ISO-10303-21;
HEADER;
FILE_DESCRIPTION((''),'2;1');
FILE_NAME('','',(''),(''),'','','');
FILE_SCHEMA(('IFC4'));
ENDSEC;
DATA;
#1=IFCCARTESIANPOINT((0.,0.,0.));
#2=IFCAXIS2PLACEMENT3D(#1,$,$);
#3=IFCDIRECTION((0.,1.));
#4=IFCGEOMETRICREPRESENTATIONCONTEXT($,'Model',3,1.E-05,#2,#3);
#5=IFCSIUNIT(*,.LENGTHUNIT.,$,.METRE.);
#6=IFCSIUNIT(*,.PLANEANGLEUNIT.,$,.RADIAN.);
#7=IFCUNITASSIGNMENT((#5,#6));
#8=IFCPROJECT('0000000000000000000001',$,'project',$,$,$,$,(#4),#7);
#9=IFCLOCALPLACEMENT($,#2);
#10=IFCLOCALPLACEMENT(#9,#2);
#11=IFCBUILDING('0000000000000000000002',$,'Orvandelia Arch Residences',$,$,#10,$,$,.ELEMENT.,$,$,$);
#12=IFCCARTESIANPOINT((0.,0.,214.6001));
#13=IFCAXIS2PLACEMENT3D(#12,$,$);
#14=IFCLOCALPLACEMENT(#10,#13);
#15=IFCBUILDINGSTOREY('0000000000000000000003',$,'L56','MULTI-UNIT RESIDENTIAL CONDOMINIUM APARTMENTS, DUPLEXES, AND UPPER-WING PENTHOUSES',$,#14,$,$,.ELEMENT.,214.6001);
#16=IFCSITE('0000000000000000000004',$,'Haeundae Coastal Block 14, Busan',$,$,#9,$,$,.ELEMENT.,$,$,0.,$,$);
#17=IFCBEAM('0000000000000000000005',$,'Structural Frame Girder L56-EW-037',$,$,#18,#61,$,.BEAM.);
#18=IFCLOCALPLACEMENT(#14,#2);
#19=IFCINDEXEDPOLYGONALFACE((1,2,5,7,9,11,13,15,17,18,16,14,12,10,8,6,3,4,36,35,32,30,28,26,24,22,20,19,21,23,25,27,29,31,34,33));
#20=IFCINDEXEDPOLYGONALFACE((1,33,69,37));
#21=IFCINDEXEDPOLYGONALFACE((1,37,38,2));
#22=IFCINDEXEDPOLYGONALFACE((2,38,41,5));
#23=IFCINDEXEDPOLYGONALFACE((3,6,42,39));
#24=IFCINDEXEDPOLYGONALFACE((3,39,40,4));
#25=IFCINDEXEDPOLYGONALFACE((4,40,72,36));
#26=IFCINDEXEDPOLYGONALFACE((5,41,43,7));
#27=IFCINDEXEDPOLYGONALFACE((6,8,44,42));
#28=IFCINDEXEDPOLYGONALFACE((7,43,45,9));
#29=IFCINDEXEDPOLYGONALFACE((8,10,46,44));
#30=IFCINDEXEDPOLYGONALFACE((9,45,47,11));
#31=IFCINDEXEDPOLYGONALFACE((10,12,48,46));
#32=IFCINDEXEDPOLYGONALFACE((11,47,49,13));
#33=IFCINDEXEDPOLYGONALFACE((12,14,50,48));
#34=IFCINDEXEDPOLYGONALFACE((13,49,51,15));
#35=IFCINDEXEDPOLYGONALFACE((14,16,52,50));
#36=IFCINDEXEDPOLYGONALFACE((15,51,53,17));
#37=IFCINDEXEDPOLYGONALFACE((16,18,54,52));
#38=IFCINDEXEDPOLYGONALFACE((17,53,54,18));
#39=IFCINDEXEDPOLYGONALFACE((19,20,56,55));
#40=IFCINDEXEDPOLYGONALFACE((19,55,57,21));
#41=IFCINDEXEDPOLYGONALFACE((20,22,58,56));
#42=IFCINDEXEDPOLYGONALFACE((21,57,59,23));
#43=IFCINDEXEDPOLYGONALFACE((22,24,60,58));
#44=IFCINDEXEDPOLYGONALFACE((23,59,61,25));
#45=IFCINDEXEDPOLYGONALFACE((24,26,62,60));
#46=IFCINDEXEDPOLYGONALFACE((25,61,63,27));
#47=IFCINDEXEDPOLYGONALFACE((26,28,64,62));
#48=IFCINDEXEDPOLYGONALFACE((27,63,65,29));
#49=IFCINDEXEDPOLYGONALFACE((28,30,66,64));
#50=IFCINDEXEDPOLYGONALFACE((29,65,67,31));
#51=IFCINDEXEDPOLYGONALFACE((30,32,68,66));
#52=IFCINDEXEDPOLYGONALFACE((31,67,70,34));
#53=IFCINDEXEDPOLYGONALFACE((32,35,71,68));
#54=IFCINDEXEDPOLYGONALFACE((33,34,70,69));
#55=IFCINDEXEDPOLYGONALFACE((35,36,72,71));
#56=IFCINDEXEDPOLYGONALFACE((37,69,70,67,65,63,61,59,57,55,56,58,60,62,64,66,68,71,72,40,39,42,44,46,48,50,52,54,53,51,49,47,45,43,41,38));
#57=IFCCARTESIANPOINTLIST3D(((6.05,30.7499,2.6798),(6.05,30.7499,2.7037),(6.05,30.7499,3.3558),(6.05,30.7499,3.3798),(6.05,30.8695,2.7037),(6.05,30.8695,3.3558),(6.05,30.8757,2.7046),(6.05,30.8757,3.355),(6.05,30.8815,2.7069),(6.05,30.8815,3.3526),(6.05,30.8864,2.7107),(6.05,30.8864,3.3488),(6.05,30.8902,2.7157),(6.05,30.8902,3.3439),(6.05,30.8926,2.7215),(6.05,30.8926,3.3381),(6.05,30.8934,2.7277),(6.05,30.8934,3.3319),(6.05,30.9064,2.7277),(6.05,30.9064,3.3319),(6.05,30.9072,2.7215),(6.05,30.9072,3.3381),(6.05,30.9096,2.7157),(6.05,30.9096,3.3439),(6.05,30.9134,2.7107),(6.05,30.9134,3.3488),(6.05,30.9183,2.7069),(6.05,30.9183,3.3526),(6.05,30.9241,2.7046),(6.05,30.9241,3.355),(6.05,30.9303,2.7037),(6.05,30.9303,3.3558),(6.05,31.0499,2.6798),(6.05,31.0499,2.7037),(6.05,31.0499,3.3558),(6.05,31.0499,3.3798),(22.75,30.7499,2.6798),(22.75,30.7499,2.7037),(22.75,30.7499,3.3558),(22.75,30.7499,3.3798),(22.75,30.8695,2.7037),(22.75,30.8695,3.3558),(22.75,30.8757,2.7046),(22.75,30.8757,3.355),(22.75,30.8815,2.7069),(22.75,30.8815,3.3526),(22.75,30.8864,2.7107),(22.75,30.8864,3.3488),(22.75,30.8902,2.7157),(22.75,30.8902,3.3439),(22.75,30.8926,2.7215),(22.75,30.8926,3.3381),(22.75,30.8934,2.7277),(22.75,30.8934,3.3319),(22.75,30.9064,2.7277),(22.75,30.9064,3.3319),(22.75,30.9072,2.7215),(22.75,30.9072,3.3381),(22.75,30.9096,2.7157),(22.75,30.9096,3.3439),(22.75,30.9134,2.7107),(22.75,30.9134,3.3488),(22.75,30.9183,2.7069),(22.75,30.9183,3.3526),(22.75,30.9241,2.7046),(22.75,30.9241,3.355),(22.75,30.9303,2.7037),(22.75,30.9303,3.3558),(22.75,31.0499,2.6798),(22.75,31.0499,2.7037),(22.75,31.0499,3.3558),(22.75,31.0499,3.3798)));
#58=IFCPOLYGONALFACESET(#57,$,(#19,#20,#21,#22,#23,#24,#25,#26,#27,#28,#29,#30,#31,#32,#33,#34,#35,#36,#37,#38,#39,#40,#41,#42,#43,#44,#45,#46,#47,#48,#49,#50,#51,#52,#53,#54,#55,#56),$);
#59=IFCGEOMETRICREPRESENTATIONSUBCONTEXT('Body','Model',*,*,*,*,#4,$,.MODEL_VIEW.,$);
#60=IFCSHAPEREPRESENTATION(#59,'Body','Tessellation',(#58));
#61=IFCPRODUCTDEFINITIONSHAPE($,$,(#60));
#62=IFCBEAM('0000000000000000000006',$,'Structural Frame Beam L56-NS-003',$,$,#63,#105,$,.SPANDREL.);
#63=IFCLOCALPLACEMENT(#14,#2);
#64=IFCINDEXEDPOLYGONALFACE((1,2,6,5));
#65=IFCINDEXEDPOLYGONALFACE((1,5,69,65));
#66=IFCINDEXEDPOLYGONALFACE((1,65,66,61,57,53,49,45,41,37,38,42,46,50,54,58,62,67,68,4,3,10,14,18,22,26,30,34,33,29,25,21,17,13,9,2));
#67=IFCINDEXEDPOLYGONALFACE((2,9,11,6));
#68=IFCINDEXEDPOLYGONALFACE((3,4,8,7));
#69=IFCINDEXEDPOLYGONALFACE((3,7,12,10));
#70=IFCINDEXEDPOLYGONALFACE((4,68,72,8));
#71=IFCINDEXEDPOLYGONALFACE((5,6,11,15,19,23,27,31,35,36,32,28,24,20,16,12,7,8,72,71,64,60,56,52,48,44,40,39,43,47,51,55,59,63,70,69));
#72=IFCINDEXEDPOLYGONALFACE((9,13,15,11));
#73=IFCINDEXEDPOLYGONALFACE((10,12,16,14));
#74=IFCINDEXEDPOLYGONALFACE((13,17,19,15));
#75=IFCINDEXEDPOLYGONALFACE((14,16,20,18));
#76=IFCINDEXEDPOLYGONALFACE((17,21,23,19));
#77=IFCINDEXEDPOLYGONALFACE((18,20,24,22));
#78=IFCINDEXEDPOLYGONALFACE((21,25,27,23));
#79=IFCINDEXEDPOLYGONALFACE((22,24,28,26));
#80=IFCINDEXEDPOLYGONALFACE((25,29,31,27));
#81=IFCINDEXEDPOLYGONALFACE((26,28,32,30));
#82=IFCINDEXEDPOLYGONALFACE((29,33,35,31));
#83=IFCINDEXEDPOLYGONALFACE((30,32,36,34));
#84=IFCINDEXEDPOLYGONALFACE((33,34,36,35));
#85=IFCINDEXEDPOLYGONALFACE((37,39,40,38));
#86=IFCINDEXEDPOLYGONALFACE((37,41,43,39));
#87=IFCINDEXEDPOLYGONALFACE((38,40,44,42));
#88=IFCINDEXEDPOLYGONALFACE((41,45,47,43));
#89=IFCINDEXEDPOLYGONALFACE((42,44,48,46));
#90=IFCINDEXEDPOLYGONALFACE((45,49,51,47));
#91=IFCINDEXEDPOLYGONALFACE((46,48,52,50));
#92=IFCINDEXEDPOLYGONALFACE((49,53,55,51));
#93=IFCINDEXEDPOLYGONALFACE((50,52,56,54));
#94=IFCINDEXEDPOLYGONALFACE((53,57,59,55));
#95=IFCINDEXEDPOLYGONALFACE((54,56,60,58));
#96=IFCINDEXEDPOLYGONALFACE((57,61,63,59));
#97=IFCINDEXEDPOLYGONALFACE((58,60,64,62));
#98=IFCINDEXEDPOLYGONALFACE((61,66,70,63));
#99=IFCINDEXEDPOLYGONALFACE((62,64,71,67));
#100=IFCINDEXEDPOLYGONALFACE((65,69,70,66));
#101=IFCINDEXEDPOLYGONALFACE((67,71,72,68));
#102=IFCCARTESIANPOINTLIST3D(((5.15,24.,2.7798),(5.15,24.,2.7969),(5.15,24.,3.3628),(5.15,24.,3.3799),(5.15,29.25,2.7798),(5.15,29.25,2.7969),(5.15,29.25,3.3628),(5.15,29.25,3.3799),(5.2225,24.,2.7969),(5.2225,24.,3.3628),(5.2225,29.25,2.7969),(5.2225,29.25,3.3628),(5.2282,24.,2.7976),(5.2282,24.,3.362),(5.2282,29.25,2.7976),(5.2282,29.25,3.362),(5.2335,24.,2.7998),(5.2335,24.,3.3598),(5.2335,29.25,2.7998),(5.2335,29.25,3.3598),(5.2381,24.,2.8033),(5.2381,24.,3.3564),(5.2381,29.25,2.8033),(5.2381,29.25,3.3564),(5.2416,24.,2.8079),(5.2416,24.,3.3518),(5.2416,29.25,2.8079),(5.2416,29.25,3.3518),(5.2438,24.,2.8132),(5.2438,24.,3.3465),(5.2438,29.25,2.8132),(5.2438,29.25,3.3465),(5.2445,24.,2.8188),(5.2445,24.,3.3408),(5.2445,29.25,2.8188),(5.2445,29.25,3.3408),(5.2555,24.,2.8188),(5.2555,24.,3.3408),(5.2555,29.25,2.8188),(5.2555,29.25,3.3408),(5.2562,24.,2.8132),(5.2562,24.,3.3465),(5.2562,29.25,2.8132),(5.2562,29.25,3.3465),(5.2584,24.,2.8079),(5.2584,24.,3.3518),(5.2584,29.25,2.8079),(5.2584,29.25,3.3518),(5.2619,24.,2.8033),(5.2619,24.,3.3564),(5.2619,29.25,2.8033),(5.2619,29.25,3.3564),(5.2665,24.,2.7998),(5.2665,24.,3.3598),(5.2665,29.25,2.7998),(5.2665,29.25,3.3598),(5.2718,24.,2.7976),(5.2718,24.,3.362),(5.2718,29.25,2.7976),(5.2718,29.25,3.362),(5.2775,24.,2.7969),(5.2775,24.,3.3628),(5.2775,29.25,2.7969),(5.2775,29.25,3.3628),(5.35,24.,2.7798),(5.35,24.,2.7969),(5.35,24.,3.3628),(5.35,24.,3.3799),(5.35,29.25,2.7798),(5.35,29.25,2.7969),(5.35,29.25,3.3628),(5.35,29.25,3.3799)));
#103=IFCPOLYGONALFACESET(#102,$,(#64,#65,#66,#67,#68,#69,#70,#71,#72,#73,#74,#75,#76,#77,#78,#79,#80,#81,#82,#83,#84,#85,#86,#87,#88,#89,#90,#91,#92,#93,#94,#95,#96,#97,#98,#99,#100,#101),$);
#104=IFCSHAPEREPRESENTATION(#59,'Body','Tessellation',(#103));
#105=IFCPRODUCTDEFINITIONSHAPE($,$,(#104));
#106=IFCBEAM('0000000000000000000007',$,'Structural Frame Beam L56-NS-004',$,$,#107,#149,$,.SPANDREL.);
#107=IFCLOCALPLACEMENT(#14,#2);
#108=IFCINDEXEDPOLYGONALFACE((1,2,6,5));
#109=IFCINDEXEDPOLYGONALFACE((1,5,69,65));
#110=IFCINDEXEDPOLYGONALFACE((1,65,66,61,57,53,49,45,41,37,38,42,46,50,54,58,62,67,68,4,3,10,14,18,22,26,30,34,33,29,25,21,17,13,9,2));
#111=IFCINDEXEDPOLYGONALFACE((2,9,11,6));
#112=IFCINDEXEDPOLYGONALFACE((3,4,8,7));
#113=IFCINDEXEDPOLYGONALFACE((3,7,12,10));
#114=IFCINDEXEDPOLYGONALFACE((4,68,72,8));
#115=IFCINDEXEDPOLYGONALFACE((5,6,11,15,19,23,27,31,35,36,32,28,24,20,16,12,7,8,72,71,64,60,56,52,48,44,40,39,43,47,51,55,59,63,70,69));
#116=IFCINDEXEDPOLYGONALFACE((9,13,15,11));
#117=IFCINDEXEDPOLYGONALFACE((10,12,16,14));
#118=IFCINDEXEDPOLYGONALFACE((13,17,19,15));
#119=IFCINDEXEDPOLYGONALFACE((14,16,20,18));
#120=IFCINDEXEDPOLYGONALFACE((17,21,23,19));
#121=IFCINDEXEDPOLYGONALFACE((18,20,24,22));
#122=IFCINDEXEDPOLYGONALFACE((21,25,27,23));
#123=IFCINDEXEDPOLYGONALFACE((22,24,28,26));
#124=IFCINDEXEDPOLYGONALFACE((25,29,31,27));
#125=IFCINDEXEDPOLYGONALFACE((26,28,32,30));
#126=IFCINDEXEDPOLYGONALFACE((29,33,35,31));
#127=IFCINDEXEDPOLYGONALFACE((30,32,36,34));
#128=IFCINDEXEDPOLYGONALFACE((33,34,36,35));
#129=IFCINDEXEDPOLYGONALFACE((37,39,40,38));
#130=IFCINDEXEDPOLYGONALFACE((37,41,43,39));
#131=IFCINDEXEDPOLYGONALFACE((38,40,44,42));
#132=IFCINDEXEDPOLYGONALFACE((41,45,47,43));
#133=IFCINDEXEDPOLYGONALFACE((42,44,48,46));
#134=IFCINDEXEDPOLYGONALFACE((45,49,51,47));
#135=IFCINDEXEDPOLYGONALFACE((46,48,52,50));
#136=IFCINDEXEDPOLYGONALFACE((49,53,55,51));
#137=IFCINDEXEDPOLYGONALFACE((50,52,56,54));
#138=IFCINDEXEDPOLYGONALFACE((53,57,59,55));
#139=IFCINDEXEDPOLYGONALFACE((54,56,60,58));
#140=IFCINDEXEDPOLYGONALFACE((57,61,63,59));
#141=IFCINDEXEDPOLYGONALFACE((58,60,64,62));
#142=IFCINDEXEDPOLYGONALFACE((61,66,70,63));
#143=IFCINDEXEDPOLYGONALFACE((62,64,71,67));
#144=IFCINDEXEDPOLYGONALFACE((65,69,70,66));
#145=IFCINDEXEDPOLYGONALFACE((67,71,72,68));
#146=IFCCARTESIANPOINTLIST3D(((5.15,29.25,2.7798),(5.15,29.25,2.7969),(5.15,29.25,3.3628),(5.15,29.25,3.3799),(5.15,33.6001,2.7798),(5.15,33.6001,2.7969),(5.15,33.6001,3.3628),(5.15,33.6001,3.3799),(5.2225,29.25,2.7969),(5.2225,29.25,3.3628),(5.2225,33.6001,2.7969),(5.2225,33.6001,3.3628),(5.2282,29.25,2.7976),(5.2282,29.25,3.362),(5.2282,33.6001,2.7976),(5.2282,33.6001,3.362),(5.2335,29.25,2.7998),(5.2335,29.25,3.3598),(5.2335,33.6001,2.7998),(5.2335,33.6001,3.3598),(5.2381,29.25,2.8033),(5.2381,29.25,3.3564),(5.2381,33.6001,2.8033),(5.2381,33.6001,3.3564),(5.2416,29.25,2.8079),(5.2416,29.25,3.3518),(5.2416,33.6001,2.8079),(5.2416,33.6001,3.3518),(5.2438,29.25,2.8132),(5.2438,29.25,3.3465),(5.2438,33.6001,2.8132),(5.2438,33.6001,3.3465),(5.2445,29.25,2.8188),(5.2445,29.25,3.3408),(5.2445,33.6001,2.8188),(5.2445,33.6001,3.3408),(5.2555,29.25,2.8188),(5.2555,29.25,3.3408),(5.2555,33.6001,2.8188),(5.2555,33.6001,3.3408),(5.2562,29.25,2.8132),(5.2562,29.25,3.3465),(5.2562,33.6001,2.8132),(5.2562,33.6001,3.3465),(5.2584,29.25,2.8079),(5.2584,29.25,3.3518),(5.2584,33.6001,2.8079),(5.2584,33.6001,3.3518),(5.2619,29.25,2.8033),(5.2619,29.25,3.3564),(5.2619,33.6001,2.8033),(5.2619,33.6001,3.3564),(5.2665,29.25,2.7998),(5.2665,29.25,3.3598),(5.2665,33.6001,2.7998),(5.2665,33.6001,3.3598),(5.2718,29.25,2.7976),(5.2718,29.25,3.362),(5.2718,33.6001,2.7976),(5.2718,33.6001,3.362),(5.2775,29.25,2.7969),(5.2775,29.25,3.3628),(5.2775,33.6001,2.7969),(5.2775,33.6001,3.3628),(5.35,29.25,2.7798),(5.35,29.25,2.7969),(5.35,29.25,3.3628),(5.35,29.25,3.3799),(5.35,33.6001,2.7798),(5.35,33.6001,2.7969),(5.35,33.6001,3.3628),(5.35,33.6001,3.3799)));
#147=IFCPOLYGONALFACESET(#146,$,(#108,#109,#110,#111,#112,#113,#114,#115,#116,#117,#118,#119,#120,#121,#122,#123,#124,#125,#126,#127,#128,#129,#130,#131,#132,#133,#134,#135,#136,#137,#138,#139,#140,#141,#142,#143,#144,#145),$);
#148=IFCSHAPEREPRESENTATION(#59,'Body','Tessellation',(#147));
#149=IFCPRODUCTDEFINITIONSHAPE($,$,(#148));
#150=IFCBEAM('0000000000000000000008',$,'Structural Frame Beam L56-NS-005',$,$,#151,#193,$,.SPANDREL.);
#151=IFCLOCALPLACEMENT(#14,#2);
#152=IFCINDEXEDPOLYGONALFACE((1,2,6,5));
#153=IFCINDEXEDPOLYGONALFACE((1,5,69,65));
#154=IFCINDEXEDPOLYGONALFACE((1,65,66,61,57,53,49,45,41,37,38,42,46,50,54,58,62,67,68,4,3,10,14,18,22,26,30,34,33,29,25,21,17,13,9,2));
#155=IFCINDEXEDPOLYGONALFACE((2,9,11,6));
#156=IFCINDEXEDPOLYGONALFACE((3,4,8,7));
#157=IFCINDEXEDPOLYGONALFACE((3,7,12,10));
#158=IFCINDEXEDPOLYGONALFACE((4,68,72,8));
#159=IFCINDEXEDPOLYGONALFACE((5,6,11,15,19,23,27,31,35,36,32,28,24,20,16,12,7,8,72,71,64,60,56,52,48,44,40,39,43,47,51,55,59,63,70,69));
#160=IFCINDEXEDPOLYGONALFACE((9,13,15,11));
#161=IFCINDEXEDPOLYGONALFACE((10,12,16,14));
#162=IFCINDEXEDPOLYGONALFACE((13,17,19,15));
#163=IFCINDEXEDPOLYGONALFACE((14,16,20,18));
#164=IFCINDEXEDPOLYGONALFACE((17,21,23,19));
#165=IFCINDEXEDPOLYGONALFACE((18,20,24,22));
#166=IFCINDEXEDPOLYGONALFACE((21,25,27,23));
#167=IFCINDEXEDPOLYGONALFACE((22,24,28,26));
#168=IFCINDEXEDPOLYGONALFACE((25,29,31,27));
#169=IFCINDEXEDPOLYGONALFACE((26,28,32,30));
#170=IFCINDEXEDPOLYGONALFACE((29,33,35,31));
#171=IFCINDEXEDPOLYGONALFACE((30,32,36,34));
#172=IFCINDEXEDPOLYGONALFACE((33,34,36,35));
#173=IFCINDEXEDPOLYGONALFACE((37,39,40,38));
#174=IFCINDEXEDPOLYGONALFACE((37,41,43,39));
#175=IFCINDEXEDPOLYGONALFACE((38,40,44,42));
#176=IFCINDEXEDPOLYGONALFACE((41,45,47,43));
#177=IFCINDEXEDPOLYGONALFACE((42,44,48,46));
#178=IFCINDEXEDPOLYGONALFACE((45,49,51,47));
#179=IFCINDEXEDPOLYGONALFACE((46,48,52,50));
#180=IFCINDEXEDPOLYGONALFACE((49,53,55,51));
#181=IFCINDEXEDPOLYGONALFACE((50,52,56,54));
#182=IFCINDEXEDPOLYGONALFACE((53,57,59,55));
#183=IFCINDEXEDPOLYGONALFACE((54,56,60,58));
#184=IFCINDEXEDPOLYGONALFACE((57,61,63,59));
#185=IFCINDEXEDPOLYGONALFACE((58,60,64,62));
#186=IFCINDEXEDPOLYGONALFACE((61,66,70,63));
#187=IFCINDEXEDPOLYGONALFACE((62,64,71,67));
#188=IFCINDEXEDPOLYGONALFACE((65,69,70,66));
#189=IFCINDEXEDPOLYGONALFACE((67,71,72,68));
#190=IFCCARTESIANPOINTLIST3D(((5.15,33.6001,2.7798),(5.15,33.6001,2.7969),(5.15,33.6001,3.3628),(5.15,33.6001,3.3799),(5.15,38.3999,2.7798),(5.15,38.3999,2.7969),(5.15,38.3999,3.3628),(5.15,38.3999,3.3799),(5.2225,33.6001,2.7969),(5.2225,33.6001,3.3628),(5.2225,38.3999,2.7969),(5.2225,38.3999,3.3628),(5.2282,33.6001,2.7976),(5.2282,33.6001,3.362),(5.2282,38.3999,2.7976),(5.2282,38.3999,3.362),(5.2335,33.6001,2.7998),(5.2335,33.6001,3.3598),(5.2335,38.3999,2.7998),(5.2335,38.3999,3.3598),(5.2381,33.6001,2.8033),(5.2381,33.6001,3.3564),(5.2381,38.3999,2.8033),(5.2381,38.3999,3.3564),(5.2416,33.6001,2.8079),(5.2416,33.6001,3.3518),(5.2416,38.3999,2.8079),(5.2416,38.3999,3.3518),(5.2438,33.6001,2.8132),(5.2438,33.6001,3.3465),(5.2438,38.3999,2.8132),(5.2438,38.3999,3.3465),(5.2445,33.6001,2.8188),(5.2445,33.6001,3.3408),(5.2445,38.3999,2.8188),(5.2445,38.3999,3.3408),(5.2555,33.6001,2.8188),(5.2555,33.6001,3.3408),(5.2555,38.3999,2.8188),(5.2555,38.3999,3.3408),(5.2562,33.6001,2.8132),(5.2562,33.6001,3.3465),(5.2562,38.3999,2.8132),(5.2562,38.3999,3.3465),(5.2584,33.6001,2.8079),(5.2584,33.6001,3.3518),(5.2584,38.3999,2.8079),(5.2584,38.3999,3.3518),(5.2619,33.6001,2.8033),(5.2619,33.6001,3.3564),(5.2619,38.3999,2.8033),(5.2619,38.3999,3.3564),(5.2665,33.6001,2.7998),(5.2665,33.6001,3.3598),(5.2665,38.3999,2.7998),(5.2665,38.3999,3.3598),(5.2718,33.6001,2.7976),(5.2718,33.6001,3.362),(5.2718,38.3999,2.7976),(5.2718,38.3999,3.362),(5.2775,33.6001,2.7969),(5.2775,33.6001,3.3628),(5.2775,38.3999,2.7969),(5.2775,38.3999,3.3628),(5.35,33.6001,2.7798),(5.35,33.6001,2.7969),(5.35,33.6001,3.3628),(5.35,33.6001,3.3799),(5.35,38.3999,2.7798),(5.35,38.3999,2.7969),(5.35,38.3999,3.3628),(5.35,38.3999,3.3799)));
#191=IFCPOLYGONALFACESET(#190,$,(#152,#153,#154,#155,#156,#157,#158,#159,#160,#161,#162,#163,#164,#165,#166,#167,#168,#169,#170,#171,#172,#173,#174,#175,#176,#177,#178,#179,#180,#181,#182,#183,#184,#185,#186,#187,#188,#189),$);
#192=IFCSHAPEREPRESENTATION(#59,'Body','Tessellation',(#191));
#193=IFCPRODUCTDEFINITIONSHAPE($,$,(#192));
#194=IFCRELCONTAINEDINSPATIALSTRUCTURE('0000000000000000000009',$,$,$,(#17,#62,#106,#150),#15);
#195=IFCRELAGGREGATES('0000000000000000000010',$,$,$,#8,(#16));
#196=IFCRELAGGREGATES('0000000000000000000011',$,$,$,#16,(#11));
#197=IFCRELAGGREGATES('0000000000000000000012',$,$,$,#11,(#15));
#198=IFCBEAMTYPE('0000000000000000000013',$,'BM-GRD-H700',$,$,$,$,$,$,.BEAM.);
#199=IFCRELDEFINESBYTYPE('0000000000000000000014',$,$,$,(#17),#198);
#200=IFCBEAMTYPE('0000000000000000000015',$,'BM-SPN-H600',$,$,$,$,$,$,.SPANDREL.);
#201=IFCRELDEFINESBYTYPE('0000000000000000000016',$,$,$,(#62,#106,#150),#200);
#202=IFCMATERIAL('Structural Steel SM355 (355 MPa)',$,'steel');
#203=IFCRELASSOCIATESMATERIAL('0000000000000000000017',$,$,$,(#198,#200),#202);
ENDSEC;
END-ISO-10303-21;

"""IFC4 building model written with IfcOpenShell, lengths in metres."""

from ifc_helpers import new_model, si_unit, direction, frame, origin, origin_2d, place, context, subcontext, project, spatial, i_section, extrude, material, material_profile, profile_set, type_object, element, save


model = new_model("IFC4")

# Units and contexts
model_context = context("Model", 3, precision=1e-05, world=origin(), true_north=direction((0.0, 1.0)))
body_context = subcontext(model_context, "Body", "Model", "MODEL_VIEW")
ifc_project = project(units=[si_unit("LENGTHUNIT", "METRE"), si_unit("PLANEANGLEUNIT", "RADIAN")], contexts=[model_context])

# Site, building, storey
site_placement = place(None, origin())
site = spatial("IfcSite", under=ifc_project, at=site_placement, Name="Haeundae Coastal Block 14, Busan", CompositionType="ELEMENT", RefElevation=0.0)
building_placement = place(site_placement, origin())
building = spatial("IfcBuilding", under=site, at=building_placement, Name="Orvandelia Arch Residences", CompositionType="ELEMENT")
storey_placement = place(building_placement, frame((0.0, 0.0, 214.6001)))
storey = spatial("IfcBuildingStorey", under=building, at=storey_placement, Name="L56", Description="MULTI-UNIT RESIDENTIAL CONDOMINIUM APARTMENTS, DUPLEXES, AND UPPER-WING PENTHOUSES", CompositionType="ELEMENT", Elevation=214.6001)

# Beams
ifc_material_1 = material(Name="Structural Steel SM355 (355 MPa)", Category="steel")
ifc_material_profile_1 = material_profile(ifc_material_1, i_section(OverallWidth=0.3, OverallDepth=0.7, WebThickness=0.0129, FlangeThickness=0.0239, FilletRadius=0.0239, at=origin_2d()), Name="Structural Steel SM355 (355 MPa)", Category="steel")
ifc_profile_set_1 = profile_set([ifc_material_profile_1], Name="Structural Steel SM355 (355 MPa)")
beam_type_1 = type_object("IfcBeamType", Name="BM-GRD-H700", PredefinedType="BEAM", material=ifc_profile_set_1)
beam_1_placement = place(storey_placement, frame((6.05, 30.8999, 3.0298), z_axis=(1.0, 0.0, 0.0), x_axis=(0.0, 1.0, 0.0)))
element("IfcBeam", 1, at=beam_1_placement, inside=storey, type_object=beam_type_1, Name="Structural Frame Girder L56-EW-037", PredefinedType="BEAM", context=body_context, shape_type="SweptSolid", body=[
    extrude(i_section(OverallWidth=0.3, OverallDepth=0.7, WebThickness=0.0129, FlangeThickness=0.0239, FilletRadius=0.0239, at=origin_2d()), origin(), (0.0, 0.0, 1.0), 16.7),
])
ifc_material_profile_2 = material_profile(ifc_material_1, i_section(OverallWidth=0.2, OverallDepth=0.6001, WebThickness=0.011, FlangeThickness=0.0171, FilletRadius=0.022, at=origin_2d()), Name="Structural Steel SM355 (355 MPa)", Category="steel")
ifc_profile_set_2 = profile_set([ifc_material_profile_2], Name="Structural Steel SM355 (355 MPa)")
beam_type_2 = type_object("IfcBeamType", Name="BM-SPN-H600", PredefinedType="SPANDREL", material=ifc_profile_set_2)
beam_2_placement = place(storey_placement, frame((5.25, 24.0, 3.0798), z_axis=(0.0, 1.0, 0.0), x_axis=(-1.0, 0.0, 0.0)))
element("IfcBeam", 2, at=beam_2_placement, inside=storey, type_object=beam_type_2, Name="Structural Frame Beam L56-NS-003", PredefinedType="SPANDREL", context=body_context, shape_type="SweptSolid", body=[
    extrude(i_section(OverallWidth=0.2, OverallDepth=0.6001, WebThickness=0.011, FlangeThickness=0.0171, FilletRadius=0.022, at=origin_2d()), origin(), (0.0, 0.0, 1.0), 5.25),
])
beam_3_placement = place(storey_placement, frame((5.25, 29.25, 3.0798), z_axis=(0.0, 1.0, 0.0), x_axis=(-1.0, 0.0, 0.0)))
element("IfcBeam", 3, at=beam_3_placement, inside=storey, type_object=beam_type_2, Name="Structural Frame Beam L56-NS-004", PredefinedType="SPANDREL", context=body_context, shape_type="SweptSolid", body=[
    extrude(i_section(OverallWidth=0.2, OverallDepth=0.6001, WebThickness=0.011, FlangeThickness=0.0171, FilletRadius=0.022, at=origin_2d()), origin(), (0.0, 0.0, 1.0), 4.3501),
])
beam_4_placement = place(storey_placement, frame((5.25, 33.6001, 3.0798), z_axis=(0.0, 1.0, 0.0), x_axis=(-1.0, 0.0, 0.0)))
element("IfcBeam", 4, at=beam_4_placement, inside=storey, type_object=beam_type_2, Name="Structural Frame Beam L56-NS-005", PredefinedType="SPANDREL", context=body_context, shape_type="SweptSolid", body=[
    extrude(i_section(OverallWidth=0.2, OverallDepth=0.6001, WebThickness=0.011, FlangeThickness=0.0171, FilletRadius=0.022, at=origin_2d()), origin(), (0.0, 0.0, 1.0), 4.7998),
])

save(model, "model.ifc")
